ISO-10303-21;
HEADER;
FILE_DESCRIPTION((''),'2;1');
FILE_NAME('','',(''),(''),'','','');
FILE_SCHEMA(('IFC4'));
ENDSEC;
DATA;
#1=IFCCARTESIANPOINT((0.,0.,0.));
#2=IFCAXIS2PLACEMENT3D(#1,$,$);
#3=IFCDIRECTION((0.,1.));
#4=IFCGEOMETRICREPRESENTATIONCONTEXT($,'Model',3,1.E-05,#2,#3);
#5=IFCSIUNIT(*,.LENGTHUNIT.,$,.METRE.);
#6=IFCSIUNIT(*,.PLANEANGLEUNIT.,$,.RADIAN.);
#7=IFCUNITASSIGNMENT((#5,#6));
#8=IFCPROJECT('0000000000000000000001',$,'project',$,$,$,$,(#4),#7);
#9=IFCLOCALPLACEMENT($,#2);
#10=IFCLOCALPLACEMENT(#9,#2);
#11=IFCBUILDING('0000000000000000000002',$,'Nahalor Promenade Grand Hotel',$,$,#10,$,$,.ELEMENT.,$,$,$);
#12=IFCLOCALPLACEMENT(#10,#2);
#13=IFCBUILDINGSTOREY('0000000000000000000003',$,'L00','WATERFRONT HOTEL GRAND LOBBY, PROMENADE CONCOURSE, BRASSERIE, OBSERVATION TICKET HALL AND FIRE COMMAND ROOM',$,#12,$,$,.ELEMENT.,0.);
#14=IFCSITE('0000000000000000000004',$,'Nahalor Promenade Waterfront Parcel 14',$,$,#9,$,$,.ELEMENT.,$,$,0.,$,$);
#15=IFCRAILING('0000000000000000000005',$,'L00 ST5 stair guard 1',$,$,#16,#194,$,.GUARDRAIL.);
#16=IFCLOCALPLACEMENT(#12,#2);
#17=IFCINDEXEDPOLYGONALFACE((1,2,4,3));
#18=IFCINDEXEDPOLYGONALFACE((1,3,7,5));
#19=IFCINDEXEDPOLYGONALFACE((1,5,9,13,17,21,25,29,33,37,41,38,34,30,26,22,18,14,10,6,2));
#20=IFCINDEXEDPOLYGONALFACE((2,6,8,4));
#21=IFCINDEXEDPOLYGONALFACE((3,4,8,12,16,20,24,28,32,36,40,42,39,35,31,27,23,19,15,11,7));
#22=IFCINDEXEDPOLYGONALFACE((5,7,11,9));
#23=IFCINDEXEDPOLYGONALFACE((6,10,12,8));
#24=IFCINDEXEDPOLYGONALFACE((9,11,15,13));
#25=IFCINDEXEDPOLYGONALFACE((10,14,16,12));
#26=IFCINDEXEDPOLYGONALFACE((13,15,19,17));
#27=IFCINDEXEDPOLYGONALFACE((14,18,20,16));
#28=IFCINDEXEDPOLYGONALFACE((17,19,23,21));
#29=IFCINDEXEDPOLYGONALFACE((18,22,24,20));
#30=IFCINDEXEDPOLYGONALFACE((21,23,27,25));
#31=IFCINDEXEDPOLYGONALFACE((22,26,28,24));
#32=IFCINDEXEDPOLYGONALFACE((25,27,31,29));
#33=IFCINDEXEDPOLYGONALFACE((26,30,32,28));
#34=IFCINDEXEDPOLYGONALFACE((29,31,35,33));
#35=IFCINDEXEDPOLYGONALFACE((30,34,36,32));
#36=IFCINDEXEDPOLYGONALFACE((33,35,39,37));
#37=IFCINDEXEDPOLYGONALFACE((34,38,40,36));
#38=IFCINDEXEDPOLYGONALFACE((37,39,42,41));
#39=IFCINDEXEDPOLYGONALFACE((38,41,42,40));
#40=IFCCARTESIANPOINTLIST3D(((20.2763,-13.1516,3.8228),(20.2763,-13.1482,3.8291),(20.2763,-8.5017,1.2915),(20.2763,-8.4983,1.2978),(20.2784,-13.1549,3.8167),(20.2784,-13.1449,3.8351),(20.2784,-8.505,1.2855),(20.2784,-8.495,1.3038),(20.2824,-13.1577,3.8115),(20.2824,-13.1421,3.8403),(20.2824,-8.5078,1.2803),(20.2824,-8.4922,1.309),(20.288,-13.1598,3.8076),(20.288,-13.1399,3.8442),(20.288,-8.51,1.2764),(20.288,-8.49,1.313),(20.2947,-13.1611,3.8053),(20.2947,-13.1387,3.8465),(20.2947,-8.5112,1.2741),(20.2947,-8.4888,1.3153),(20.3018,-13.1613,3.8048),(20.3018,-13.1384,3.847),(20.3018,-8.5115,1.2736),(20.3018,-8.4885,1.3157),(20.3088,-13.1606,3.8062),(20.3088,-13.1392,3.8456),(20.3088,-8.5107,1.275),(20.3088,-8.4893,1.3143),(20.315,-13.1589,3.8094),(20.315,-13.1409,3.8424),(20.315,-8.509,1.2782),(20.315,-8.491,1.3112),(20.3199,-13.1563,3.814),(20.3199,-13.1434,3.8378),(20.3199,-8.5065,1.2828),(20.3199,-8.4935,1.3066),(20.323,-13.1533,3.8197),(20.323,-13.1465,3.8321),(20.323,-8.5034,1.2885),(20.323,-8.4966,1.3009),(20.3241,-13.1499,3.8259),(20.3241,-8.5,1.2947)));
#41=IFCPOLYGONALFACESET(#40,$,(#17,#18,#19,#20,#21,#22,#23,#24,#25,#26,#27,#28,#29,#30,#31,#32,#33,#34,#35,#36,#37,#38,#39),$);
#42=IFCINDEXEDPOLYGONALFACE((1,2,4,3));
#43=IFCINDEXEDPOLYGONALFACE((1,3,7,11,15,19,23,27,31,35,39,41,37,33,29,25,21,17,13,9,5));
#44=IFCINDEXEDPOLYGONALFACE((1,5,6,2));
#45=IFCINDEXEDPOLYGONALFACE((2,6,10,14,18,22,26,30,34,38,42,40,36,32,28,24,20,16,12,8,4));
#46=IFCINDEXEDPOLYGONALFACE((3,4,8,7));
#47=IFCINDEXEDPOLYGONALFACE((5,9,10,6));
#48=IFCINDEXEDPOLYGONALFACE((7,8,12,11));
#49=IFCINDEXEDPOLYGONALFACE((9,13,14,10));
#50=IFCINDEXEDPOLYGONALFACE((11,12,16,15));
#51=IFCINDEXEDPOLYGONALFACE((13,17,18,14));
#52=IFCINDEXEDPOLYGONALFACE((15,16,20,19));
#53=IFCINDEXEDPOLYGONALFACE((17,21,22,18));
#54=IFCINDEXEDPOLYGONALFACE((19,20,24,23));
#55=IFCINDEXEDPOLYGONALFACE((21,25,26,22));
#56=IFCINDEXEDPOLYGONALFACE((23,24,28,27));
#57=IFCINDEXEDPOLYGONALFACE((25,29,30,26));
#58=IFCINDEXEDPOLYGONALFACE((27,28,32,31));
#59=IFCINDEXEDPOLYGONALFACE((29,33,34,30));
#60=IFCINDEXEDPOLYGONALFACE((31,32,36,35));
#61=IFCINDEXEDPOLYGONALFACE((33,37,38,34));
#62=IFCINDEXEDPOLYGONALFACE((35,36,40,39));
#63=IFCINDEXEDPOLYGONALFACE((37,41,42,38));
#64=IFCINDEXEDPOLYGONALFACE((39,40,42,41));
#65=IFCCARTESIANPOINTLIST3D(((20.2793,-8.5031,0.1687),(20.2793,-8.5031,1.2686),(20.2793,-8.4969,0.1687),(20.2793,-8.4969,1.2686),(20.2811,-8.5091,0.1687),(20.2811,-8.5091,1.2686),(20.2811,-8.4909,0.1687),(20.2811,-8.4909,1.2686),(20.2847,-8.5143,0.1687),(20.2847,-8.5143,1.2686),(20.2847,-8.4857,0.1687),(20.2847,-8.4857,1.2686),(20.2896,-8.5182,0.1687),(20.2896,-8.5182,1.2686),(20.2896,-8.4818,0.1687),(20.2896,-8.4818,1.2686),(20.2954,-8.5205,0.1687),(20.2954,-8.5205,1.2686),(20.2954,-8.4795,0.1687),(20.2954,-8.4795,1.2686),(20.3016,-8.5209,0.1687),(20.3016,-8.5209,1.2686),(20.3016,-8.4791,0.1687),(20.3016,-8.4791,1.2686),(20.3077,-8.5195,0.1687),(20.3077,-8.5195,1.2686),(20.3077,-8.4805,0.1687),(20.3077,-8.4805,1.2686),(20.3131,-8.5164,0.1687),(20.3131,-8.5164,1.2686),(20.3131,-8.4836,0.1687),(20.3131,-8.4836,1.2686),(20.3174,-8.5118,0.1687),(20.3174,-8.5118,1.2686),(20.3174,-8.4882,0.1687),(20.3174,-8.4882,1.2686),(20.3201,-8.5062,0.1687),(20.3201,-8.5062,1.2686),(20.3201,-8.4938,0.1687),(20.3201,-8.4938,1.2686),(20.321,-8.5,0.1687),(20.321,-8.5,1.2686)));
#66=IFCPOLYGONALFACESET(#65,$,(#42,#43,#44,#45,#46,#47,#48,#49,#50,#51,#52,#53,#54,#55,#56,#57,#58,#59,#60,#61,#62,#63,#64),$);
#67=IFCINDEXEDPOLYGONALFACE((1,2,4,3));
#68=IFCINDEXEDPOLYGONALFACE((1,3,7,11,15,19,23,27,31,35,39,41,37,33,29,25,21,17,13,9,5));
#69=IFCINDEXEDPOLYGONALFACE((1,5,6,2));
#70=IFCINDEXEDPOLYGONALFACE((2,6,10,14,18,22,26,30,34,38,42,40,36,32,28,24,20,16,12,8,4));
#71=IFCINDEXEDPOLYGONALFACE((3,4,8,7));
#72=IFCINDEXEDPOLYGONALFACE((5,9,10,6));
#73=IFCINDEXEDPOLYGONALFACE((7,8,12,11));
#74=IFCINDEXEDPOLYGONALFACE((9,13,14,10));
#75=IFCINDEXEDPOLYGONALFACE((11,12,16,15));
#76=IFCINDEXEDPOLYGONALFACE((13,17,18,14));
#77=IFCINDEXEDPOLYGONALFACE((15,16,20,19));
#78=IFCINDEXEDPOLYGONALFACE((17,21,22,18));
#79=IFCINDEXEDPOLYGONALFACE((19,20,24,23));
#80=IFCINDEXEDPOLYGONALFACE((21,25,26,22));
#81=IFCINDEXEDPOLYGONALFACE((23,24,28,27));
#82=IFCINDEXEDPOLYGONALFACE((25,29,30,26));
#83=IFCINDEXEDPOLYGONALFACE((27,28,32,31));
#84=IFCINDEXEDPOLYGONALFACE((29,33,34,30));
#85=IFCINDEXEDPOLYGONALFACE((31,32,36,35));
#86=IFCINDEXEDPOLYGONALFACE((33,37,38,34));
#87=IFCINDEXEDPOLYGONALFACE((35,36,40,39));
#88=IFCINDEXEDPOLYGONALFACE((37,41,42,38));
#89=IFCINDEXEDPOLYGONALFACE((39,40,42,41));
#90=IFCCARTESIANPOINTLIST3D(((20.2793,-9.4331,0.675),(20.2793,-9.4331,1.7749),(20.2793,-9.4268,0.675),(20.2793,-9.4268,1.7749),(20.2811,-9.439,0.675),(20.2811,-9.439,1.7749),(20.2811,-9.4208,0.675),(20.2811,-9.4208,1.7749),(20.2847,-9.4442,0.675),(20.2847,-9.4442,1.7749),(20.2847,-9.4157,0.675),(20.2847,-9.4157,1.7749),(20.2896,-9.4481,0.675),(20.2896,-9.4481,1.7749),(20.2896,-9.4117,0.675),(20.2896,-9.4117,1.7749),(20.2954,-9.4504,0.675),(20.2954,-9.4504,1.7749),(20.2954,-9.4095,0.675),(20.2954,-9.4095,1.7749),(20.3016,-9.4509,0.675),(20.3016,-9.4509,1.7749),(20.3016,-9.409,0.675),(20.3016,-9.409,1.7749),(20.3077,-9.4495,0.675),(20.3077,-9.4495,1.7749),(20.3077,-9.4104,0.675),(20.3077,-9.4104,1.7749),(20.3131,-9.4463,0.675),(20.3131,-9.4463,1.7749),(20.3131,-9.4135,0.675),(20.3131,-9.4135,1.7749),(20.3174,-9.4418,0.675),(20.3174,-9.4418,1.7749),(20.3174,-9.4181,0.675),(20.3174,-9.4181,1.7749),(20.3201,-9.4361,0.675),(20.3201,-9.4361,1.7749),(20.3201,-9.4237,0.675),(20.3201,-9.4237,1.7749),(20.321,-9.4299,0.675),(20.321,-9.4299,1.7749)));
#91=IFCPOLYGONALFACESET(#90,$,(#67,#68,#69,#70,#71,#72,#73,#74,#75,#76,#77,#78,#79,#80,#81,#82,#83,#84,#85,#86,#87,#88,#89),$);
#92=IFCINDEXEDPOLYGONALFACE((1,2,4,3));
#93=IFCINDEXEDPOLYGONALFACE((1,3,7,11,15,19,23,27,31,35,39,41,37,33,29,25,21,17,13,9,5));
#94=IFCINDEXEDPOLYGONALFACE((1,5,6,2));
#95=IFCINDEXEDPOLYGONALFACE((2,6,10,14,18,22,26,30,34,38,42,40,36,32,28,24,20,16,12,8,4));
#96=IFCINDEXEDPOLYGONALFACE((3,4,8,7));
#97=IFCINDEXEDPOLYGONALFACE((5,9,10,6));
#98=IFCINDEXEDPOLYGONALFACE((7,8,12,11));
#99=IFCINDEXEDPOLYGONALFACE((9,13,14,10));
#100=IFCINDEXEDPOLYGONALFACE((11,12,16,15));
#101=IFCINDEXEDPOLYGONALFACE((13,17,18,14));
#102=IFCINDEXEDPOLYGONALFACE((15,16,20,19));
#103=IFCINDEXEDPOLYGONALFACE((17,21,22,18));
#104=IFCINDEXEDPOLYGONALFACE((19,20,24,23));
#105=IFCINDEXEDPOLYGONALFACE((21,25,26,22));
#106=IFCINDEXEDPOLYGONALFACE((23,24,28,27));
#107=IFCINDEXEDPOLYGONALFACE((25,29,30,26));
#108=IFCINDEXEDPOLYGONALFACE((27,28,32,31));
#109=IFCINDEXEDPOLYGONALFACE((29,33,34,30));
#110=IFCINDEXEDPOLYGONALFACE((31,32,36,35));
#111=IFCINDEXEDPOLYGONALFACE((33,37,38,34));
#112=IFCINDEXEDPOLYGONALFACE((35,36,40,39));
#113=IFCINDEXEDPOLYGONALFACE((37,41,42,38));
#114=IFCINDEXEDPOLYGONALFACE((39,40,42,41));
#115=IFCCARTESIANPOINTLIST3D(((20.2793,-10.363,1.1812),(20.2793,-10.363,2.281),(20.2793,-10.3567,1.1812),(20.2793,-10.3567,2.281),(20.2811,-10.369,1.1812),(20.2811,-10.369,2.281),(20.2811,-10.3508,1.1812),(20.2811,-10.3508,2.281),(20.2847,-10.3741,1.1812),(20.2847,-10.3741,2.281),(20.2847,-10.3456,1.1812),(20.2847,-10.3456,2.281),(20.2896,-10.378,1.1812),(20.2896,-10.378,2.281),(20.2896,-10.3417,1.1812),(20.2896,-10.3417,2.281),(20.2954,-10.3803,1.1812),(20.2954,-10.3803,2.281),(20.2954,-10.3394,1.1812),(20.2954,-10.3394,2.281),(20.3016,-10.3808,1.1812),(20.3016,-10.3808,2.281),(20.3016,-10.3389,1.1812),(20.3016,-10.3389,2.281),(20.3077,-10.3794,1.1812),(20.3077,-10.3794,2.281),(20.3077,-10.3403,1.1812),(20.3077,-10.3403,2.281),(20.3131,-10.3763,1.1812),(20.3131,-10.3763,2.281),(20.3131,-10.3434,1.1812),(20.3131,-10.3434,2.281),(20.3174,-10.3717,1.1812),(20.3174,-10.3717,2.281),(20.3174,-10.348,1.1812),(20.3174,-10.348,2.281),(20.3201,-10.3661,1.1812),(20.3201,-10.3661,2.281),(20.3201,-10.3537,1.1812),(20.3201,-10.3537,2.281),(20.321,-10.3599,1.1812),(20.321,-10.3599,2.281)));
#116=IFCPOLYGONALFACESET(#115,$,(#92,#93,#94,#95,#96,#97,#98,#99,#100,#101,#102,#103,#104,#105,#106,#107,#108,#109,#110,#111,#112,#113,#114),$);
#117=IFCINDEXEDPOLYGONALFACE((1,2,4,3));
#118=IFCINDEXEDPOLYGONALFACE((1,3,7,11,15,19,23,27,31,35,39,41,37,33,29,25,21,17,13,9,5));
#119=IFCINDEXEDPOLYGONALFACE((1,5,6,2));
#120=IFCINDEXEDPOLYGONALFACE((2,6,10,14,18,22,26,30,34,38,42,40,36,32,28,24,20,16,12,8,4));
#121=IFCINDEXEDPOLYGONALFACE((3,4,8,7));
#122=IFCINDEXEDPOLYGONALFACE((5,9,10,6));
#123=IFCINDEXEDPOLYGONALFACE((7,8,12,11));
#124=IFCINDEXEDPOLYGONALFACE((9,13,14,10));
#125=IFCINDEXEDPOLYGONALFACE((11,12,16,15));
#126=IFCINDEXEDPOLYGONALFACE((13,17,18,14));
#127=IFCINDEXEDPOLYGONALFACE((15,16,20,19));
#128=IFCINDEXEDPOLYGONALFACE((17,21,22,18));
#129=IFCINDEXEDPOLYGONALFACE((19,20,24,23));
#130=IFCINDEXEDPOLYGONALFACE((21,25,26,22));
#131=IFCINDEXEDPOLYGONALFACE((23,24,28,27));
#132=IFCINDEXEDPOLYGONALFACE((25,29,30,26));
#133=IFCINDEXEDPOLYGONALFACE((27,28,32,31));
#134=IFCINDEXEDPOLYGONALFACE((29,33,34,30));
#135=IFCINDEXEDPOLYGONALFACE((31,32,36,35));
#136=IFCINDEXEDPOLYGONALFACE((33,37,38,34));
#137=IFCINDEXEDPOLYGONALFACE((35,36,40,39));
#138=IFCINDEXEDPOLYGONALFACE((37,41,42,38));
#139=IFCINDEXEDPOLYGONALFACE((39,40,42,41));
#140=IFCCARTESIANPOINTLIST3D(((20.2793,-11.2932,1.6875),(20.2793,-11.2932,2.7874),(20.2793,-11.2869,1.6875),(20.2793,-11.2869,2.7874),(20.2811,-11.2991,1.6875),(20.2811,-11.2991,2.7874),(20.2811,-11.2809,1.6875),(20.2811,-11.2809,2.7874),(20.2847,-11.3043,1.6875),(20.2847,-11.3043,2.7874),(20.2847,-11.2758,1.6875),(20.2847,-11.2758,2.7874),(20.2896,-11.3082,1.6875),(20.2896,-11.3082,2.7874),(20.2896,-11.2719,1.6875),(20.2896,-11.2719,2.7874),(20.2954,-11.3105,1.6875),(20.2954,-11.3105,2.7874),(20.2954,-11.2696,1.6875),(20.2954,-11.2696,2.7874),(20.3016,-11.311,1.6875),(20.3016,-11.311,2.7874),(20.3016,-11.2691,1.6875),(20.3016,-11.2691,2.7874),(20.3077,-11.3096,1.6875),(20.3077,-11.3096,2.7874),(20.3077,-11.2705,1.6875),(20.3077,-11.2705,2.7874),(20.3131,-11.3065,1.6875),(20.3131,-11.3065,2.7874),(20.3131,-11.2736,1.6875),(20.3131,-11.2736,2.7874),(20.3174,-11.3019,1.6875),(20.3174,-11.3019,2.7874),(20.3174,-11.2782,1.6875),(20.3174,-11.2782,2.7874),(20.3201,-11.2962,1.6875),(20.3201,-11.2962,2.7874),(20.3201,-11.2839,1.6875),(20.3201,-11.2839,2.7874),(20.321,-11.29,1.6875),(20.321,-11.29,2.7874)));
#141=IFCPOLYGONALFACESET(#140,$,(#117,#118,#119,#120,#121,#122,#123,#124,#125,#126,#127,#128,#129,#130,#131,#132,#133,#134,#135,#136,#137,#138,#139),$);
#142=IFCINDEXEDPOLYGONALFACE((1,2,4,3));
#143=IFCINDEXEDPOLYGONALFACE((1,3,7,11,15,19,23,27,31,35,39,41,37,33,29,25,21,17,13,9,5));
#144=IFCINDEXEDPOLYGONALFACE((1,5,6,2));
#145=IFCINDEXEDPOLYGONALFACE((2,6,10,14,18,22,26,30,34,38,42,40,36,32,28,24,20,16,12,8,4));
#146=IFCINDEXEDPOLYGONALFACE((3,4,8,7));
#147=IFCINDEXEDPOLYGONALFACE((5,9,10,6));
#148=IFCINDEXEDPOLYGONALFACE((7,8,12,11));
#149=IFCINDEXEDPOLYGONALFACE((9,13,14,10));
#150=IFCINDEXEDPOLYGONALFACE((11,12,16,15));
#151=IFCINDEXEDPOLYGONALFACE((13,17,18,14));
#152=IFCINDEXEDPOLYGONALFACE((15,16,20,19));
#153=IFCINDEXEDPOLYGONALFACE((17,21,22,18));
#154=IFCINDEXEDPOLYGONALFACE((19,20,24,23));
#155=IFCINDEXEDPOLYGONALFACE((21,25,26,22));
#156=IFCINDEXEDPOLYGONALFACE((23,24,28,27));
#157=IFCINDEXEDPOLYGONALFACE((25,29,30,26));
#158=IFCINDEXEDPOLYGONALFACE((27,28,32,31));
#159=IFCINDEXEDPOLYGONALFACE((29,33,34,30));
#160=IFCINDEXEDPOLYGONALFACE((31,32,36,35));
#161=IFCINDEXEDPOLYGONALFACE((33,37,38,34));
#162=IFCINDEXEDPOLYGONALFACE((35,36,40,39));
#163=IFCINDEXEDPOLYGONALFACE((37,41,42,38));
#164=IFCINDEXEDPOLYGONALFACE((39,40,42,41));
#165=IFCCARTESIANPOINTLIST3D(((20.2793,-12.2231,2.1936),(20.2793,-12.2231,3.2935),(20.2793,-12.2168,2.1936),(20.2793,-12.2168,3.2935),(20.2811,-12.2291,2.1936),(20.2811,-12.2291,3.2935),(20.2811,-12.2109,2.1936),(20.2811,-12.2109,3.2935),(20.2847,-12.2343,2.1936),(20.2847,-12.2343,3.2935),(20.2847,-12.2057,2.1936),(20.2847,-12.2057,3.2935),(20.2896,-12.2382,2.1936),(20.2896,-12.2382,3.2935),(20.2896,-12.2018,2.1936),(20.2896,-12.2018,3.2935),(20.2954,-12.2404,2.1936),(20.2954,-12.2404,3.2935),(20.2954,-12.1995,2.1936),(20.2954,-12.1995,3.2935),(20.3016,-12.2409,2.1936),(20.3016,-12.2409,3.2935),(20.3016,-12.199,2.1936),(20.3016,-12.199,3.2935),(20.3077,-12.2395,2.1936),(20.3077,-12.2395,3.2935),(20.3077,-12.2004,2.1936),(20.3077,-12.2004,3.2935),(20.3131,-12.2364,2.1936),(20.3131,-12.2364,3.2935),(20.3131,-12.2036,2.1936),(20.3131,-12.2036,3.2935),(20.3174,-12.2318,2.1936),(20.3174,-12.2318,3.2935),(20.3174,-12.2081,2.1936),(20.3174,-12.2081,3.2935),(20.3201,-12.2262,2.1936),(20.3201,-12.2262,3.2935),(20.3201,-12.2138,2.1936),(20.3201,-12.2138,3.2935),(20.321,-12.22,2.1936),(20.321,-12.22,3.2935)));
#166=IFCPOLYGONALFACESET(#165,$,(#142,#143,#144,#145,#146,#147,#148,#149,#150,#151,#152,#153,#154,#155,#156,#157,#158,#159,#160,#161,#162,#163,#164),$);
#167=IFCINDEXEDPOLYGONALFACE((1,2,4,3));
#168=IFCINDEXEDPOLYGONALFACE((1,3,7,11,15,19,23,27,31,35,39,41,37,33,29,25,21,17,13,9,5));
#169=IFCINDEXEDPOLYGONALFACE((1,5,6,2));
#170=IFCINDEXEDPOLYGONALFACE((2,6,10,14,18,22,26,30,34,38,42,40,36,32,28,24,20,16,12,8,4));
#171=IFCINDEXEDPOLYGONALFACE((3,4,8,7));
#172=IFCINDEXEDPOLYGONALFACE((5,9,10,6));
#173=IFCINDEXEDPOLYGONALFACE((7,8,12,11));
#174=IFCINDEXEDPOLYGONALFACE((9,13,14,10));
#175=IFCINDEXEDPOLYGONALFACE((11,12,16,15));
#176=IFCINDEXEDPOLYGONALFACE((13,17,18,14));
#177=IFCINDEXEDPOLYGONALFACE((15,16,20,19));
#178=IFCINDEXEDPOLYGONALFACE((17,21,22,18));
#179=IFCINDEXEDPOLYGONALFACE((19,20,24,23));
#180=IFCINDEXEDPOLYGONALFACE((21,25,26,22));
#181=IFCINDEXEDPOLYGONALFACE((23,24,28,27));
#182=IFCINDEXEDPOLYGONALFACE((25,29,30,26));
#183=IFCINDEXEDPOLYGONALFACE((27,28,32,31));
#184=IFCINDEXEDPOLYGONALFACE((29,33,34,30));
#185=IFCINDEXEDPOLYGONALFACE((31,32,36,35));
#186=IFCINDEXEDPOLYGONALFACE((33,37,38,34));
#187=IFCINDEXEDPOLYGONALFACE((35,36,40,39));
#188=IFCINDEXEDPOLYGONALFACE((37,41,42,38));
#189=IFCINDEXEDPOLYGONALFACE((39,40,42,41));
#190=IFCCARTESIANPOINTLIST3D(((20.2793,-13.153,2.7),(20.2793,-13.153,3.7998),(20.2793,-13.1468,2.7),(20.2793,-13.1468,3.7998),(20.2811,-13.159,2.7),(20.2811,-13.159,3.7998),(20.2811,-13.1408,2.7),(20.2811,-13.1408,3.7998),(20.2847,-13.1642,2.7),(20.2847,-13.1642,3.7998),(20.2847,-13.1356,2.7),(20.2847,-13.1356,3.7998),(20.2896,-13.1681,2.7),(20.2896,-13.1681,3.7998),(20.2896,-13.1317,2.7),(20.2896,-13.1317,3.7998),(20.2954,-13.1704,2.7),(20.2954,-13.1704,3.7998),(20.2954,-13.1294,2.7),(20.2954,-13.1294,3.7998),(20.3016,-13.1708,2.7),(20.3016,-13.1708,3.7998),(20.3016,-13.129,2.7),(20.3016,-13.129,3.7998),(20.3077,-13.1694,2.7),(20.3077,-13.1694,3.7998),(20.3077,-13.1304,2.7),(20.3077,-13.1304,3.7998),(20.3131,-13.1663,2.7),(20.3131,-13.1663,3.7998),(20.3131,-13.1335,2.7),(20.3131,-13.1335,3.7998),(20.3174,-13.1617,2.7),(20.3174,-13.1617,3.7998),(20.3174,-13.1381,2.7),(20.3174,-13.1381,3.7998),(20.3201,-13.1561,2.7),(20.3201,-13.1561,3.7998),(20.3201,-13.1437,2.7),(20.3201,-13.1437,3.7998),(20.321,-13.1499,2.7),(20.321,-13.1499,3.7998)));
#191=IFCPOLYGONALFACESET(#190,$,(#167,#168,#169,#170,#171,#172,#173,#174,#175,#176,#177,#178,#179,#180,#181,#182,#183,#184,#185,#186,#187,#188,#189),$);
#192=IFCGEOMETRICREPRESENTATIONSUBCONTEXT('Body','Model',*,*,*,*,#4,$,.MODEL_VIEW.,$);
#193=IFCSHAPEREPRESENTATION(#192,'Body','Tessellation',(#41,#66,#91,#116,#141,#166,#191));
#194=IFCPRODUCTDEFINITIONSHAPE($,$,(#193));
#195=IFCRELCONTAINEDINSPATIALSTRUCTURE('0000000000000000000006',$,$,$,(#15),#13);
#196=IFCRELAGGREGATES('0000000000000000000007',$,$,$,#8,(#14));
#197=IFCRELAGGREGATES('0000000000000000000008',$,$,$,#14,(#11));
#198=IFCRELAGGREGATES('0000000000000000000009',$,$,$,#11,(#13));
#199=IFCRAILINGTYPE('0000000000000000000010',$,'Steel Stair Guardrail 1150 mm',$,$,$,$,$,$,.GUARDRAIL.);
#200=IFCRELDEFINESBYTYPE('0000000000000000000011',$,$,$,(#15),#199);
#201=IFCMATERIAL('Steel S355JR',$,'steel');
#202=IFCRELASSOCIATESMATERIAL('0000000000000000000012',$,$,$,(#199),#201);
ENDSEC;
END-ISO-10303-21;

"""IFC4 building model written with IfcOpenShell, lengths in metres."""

from ifc_helpers import new_model, si_unit, direction, frame, origin, origin_2d, place, context, subcontext, project, spatial, circle, extrude, material, type_object, element, save


model = new_model("IFC4")

# Units and contexts
model_context = context("Model", 3, precision=1e-05, world=origin(), true_north=direction((0.0, 1.0)))
body_context = subcontext(model_context, "Body", "Model", "MODEL_VIEW")
ifc_project = project(units=[si_unit("LENGTHUNIT", "METRE"), si_unit("PLANEANGLEUNIT", "RADIAN")], contexts=[model_context])

# Site, building, storey
site_placement = place(None, origin())
site = spatial("IfcSite", under=ifc_project, at=site_placement, Name="Nahalor Promenade Waterfront Parcel 14", CompositionType="ELEMENT", RefElevation=0.0)
building_placement = place(site_placement, origin())
building = spatial("IfcBuilding", under=site, at=building_placement, Name="Nahalor Promenade Grand Hotel", CompositionType="ELEMENT")
storey_placement = place(building_placement, origin())
storey = spatial("IfcBuildingStorey", under=building, at=storey_placement, Name="L00", Description="WATERFRONT HOTEL GRAND LOBBY, PROMENADE CONCOURSE, BRASSERIE, OBSERVATION TICKET HALL AND FIRE COMMAND ROOM", CompositionType="ELEMENT", Elevation=0.0)

# Shared definitions
ifc_material_1 = material(Name="Steel S355JR", Category="steel")

# Railing
railing_type_1 = type_object("IfcRailingType", Name="Steel Stair Guardrail 1150 mm", PredefinedType="GUARDRAIL", material=ifc_material_1)
railing_1_placement = place(storey_placement, frame((20.3, -8.5, 0.1687)))
element("IfcRailing", 1, at=railing_1_placement, inside=storey, type_object=railing_type_1, Name="L00 ST5 stair guard 1", PredefinedType="GUARDRAIL", context=body_context, shape_type="SweptSolid", body=[
    extrude(circle(Radius=0.024, at=origin_2d()), frame((0.0, 0.0, 1.126), z_axis=(0.0, -0.878297, 0.478115), x_axis=(1.0, 0.0, 0.0)), (0.0, 0.0, 1.0), 5.2942),
    extrude(circle(Radius=0.021, at=origin_2d()), origin(), (0.0, 0.0, 1.0), 1.0999),
    extrude(circle(Radius=0.021, at=origin_2d()), frame((0.0, -0.9299, 0.5063)), (0.0, 0.0, 1.0), 1.0999),
    extrude(circle(Radius=0.021, at=origin_2d()), frame((0.0, -1.8599, 1.0125)), (0.0, 0.0, 1.0), 1.0999),
    extrude(circle(Radius=0.021, at=origin_2d()), frame((0.0, -2.79, 1.5188)), (0.0, 0.0, 1.0), 1.0999),
    extrude(circle(Radius=0.021, at=origin_2d()), frame((0.0, -3.72, 2.0249)), (0.0, 0.0, 1.0), 1.0999),
    extrude(circle(Radius=0.021, at=origin_2d()), frame((0.0, -4.6499, 2.5312)), (0.0, 0.0, 1.0), 1.0999),
])

save(model, "model.ifc")
